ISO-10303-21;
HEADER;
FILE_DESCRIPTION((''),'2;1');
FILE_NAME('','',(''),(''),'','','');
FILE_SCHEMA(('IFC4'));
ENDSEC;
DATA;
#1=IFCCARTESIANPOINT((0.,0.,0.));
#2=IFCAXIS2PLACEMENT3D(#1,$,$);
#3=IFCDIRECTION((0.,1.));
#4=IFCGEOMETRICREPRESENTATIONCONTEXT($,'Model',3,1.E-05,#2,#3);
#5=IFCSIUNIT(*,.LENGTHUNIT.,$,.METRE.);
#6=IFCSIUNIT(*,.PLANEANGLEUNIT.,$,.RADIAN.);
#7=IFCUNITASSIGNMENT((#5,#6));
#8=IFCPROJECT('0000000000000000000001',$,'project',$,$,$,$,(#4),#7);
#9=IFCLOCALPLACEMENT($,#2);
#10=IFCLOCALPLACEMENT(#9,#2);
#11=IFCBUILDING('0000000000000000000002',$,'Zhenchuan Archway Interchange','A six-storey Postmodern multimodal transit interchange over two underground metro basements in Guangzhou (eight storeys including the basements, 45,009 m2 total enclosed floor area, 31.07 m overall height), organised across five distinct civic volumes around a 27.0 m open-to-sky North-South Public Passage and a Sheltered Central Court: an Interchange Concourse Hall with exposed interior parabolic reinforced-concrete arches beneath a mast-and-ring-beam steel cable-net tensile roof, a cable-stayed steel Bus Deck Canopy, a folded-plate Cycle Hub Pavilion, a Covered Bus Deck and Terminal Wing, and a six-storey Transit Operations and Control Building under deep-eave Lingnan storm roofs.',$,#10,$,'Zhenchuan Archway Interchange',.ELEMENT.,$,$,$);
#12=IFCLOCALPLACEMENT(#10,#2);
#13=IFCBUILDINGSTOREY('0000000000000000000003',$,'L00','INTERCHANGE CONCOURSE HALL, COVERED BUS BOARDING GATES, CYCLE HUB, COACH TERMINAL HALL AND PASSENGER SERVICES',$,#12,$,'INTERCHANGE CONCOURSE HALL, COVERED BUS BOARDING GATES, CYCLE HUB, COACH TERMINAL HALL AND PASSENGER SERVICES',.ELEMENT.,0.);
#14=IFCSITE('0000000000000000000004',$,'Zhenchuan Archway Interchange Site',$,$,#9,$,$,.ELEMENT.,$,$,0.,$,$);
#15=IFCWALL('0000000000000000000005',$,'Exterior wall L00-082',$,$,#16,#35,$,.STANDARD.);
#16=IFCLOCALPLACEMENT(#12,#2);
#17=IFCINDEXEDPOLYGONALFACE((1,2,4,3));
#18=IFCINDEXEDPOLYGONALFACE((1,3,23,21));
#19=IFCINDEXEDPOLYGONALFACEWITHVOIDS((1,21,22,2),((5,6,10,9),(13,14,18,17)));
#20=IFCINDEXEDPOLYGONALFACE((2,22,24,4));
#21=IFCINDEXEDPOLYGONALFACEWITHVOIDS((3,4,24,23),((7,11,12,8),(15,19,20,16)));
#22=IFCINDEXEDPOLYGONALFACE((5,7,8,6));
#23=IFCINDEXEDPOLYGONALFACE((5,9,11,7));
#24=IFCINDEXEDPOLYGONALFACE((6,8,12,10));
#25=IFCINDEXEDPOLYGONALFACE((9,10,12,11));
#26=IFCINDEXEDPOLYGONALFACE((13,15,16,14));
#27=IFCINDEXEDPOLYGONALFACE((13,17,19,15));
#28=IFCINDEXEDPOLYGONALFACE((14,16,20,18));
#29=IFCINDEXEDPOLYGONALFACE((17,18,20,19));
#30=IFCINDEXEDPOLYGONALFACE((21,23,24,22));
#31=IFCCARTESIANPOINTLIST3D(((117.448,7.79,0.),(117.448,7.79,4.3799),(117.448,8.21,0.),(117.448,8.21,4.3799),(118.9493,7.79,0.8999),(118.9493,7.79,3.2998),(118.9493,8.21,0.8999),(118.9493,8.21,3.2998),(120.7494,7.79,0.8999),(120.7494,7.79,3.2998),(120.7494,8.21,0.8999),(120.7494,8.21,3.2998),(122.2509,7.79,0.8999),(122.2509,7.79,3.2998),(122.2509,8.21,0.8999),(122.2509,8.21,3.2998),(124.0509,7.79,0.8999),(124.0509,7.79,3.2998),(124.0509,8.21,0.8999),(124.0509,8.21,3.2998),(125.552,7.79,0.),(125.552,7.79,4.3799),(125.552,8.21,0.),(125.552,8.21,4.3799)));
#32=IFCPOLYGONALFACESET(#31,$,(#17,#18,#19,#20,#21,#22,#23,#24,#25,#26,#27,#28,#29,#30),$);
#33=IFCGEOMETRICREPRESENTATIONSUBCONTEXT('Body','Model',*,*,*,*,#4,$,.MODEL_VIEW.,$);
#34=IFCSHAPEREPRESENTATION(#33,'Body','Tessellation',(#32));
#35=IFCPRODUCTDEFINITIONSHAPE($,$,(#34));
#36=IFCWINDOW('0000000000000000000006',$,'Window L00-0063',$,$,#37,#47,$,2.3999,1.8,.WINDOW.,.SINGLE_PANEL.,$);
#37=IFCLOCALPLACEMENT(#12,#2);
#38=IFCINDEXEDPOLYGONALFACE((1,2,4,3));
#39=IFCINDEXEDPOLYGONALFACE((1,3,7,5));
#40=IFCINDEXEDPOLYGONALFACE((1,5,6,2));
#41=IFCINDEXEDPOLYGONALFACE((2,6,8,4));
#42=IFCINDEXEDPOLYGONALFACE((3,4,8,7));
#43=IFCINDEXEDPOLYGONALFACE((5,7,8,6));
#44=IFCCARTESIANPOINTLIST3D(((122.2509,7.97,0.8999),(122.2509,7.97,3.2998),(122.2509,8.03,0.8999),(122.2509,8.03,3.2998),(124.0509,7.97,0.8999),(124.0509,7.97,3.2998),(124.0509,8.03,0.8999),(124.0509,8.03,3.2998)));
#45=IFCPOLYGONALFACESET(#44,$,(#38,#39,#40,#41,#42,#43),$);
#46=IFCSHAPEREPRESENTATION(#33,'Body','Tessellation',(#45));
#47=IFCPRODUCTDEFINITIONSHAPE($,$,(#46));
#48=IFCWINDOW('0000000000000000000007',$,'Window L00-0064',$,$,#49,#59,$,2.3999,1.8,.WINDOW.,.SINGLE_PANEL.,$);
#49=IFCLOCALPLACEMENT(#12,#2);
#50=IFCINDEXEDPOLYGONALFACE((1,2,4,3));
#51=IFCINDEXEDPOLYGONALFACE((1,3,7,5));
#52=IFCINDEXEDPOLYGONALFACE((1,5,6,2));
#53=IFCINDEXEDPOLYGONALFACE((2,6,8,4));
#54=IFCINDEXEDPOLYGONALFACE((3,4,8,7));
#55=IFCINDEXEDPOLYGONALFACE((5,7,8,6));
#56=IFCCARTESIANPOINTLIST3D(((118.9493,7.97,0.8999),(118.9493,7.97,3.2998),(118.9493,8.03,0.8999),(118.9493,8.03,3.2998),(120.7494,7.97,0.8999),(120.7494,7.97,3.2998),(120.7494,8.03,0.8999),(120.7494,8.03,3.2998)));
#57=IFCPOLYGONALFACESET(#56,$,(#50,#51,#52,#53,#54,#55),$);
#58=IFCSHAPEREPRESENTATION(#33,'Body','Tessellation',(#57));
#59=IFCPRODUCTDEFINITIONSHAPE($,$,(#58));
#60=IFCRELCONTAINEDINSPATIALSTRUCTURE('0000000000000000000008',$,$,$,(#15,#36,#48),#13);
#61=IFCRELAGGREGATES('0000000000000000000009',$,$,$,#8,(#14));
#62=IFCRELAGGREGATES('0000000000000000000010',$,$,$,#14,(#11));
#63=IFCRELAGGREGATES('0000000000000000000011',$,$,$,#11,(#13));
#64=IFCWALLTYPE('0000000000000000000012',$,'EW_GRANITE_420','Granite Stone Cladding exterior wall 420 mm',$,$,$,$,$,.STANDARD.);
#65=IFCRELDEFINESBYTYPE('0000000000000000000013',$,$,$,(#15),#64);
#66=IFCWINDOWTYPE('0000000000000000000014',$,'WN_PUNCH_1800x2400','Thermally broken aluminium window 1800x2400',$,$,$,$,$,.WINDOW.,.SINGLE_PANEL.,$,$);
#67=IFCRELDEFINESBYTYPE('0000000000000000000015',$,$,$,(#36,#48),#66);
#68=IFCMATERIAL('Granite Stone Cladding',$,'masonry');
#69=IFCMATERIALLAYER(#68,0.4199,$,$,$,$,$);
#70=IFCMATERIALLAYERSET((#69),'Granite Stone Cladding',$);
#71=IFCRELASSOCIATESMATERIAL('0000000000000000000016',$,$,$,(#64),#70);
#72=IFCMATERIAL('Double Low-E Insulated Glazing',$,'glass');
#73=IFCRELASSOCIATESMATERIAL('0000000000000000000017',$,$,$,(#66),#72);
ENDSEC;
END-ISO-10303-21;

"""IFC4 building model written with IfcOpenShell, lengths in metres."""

from ifc_helpers import new_model, si_unit, direction, frame, frame_2d, origin, place, context, subcontext, project, spatial, rectangle, extrude, material, layer, layer_set, type_object, element, fill, save


model = new_model("IFC4")

# Units and contexts
model_context = context("Model", 3, precision=1e-05, world=origin(), true_north=direction((0.0, 1.0)))
body_context = subcontext(model_context, "Body", "Model", "MODEL_VIEW")
ifc_project = project(units=[si_unit("LENGTHUNIT", "METRE"), si_unit("PLANEANGLEUNIT", "RADIAN")], contexts=[model_context])

# Site, building, storey
site_placement = place(None, origin())
site = spatial("IfcSite", under=ifc_project, at=site_placement, Name="Zhenchuan Archway Interchange Site", CompositionType="ELEMENT", RefElevation=0.0)
building_placement = place(site_placement, origin())
building = spatial("IfcBuilding", under=site, at=building_placement, Name="Zhenchuan Archway Interchange", Description="A six-storey Postmodern multimodal transit interchange over two underground metro basements in Guangzhou (eight storeys including the basements, 45,009 m2 total enclosed floor area, 31.07 m overall height), organised across five distinct civic volumes around a 27.0 m open-to-sky North-South Public Passage and a Sheltered Central Court: an Interchange Concourse Hall with exposed interior parabolic reinforced-concrete arches beneath a mast-and-ring-beam steel cable-net tensile roof, a cable-stayed steel Bus Deck Canopy, a folded-plate Cycle Hub Pavilion, a Covered Bus Deck and Terminal Wing, and a six-storey Transit Operations and Control Building under deep-eave Lingnan storm roofs.", LongName="Zhenchuan Archway Interchange", CompositionType="ELEMENT")
storey_placement = place(building_placement, origin())
storey = spatial("IfcBuildingStorey", under=building, at=storey_placement, Name="L00", Description="INTERCHANGE CONCOURSE HALL, COVERED BUS BOARDING GATES, CYCLE HUB, COACH TERMINAL HALL AND PASSENGER SERVICES", LongName="INTERCHANGE CONCOURSE HALL, COVERED BUS BOARDING GATES, CYCLE HUB, COACH TERMINAL HALL AND PASSENGER SERVICES", CompositionType="ELEMENT", Elevation=0.0)

# Shared definitions
ifc_material_1 = material(Name="Double Low-E Insulated Glazing", Category="glass")

# Wall, openings, windows
ifc_material_2 = material(Name="Granite Stone Cladding", Category="masonry")
ifc_layer_1 = layer(ifc_material_2, 0.4199)
ifc_layer_set_1 = layer_set([ifc_layer_1], Name="Granite Stone Cladding")
wall_type = type_object("IfcWallType", Name="EW_GRANITE_420", Description="Granite Stone Cladding exterior wall 420 mm", PredefinedType="STANDARD", material=ifc_layer_set_1)
wall_placement = place(storey_placement, frame((125.552, 8.0, 0.0), z_axis=(0.0, 0.0, 1.0), x_axis=(-1.0, 0.0, 0.0)))
wall = element("IfcWall", 1, at=wall_placement, inside=storey, type_object=wall_type, Name="Exterior wall L00-082", PredefinedType="STANDARD", context=body_context, shape_type="SweptSolid", body=[
    extrude(rectangle(XDim=8.104, YDim=0.4199, at=frame_2d((4.052, 0.0))), origin(), (0.0, 0.0, 1.0), 4.3799),
])
opening_1_placement = place(wall_placement, frame((1.5012, 0.0, 0.8999)))
opening_1 = element("IfcOpeningElement", 2, at=opening_1_placement, cuts=wall, PredefinedType="OPENING", context=body_context, shape_type="SweptSolid", body=[
    extrude(rectangle(XDim=1.8, YDim=2.3999, at=frame_2d((0.8999, 1.2))), frame((0.0, 0.2219, 0.0), z_axis=(0.0, -1.0, 0.0), x_axis=(1.0, 0.0, 0.0)), (0.0, 0.0, 1.0), 0.4438),
])
opening_2_placement = place(wall_placement, frame((4.8027, 0.0, 0.8999)))
opening_2 = element("IfcOpeningElement", 3, at=opening_2_placement, cuts=wall, PredefinedType="OPENING", context=body_context, shape_type="SweptSolid", body=[
    extrude(rectangle(XDim=1.8, YDim=2.3999, at=frame_2d((0.8999, 1.2))), frame((0.0, 0.2219, 0.0), z_axis=(0.0, -1.0, 0.0), x_axis=(1.0, 0.0, 0.0)), (0.0, 0.0, 1.0), 0.4438),
])
window_type = type_object("IfcWindowType", Name="WN_PUNCH_1800x2400", Description="Thermally broken aluminium window 1800x2400", PartitioningType="SINGLE_PANEL", PredefinedType="WINDOW", material=ifc_material_1)
window_1_placement = place(opening_1_placement, origin())
window_1 = element("IfcWindow", 4, at=window_1_placement, inside=storey, type_object=window_type, Name="Window L00-0063", OverallHeight=2.3999, OverallWidth=1.8, PartitioningType="SINGLE_PANEL", PredefinedType="WINDOW", context=body_context, shape_type="SweptSolid", body=[
    extrude(rectangle(XDim=1.8, YDim=2.3999, at=frame_2d((0.8999, 1.2))), frame((0.0, 0.03, 0.0), z_axis=(0.0, -1.0, 0.0), x_axis=(1.0, 0.0, 0.0)), (0.0, 0.0, 1.0), 0.0601),
])
fill(opening_1, window_1)
window_2_placement = place(opening_2_placement, origin())
window_2 = element("IfcWindow", 5, at=window_2_placement, inside=storey, type_object=window_type, Name="Window L00-0064", OverallHeight=2.3999, OverallWidth=1.8, PartitioningType="SINGLE_PANEL", PredefinedType="WINDOW", context=body_context, shape_type="SweptSolid", body=[
    extrude(rectangle(XDim=1.8, YDim=2.3999, at=frame_2d((0.8999, 1.2))), frame((0.0, 0.03, 0.0), z_axis=(0.0, -1.0, 0.0), x_axis=(1.0, 0.0, 0.0)), (0.0, 0.0, 1.0), 0.0601),
])
fill(opening_2, window_2)

save(model, "model.ifc")
